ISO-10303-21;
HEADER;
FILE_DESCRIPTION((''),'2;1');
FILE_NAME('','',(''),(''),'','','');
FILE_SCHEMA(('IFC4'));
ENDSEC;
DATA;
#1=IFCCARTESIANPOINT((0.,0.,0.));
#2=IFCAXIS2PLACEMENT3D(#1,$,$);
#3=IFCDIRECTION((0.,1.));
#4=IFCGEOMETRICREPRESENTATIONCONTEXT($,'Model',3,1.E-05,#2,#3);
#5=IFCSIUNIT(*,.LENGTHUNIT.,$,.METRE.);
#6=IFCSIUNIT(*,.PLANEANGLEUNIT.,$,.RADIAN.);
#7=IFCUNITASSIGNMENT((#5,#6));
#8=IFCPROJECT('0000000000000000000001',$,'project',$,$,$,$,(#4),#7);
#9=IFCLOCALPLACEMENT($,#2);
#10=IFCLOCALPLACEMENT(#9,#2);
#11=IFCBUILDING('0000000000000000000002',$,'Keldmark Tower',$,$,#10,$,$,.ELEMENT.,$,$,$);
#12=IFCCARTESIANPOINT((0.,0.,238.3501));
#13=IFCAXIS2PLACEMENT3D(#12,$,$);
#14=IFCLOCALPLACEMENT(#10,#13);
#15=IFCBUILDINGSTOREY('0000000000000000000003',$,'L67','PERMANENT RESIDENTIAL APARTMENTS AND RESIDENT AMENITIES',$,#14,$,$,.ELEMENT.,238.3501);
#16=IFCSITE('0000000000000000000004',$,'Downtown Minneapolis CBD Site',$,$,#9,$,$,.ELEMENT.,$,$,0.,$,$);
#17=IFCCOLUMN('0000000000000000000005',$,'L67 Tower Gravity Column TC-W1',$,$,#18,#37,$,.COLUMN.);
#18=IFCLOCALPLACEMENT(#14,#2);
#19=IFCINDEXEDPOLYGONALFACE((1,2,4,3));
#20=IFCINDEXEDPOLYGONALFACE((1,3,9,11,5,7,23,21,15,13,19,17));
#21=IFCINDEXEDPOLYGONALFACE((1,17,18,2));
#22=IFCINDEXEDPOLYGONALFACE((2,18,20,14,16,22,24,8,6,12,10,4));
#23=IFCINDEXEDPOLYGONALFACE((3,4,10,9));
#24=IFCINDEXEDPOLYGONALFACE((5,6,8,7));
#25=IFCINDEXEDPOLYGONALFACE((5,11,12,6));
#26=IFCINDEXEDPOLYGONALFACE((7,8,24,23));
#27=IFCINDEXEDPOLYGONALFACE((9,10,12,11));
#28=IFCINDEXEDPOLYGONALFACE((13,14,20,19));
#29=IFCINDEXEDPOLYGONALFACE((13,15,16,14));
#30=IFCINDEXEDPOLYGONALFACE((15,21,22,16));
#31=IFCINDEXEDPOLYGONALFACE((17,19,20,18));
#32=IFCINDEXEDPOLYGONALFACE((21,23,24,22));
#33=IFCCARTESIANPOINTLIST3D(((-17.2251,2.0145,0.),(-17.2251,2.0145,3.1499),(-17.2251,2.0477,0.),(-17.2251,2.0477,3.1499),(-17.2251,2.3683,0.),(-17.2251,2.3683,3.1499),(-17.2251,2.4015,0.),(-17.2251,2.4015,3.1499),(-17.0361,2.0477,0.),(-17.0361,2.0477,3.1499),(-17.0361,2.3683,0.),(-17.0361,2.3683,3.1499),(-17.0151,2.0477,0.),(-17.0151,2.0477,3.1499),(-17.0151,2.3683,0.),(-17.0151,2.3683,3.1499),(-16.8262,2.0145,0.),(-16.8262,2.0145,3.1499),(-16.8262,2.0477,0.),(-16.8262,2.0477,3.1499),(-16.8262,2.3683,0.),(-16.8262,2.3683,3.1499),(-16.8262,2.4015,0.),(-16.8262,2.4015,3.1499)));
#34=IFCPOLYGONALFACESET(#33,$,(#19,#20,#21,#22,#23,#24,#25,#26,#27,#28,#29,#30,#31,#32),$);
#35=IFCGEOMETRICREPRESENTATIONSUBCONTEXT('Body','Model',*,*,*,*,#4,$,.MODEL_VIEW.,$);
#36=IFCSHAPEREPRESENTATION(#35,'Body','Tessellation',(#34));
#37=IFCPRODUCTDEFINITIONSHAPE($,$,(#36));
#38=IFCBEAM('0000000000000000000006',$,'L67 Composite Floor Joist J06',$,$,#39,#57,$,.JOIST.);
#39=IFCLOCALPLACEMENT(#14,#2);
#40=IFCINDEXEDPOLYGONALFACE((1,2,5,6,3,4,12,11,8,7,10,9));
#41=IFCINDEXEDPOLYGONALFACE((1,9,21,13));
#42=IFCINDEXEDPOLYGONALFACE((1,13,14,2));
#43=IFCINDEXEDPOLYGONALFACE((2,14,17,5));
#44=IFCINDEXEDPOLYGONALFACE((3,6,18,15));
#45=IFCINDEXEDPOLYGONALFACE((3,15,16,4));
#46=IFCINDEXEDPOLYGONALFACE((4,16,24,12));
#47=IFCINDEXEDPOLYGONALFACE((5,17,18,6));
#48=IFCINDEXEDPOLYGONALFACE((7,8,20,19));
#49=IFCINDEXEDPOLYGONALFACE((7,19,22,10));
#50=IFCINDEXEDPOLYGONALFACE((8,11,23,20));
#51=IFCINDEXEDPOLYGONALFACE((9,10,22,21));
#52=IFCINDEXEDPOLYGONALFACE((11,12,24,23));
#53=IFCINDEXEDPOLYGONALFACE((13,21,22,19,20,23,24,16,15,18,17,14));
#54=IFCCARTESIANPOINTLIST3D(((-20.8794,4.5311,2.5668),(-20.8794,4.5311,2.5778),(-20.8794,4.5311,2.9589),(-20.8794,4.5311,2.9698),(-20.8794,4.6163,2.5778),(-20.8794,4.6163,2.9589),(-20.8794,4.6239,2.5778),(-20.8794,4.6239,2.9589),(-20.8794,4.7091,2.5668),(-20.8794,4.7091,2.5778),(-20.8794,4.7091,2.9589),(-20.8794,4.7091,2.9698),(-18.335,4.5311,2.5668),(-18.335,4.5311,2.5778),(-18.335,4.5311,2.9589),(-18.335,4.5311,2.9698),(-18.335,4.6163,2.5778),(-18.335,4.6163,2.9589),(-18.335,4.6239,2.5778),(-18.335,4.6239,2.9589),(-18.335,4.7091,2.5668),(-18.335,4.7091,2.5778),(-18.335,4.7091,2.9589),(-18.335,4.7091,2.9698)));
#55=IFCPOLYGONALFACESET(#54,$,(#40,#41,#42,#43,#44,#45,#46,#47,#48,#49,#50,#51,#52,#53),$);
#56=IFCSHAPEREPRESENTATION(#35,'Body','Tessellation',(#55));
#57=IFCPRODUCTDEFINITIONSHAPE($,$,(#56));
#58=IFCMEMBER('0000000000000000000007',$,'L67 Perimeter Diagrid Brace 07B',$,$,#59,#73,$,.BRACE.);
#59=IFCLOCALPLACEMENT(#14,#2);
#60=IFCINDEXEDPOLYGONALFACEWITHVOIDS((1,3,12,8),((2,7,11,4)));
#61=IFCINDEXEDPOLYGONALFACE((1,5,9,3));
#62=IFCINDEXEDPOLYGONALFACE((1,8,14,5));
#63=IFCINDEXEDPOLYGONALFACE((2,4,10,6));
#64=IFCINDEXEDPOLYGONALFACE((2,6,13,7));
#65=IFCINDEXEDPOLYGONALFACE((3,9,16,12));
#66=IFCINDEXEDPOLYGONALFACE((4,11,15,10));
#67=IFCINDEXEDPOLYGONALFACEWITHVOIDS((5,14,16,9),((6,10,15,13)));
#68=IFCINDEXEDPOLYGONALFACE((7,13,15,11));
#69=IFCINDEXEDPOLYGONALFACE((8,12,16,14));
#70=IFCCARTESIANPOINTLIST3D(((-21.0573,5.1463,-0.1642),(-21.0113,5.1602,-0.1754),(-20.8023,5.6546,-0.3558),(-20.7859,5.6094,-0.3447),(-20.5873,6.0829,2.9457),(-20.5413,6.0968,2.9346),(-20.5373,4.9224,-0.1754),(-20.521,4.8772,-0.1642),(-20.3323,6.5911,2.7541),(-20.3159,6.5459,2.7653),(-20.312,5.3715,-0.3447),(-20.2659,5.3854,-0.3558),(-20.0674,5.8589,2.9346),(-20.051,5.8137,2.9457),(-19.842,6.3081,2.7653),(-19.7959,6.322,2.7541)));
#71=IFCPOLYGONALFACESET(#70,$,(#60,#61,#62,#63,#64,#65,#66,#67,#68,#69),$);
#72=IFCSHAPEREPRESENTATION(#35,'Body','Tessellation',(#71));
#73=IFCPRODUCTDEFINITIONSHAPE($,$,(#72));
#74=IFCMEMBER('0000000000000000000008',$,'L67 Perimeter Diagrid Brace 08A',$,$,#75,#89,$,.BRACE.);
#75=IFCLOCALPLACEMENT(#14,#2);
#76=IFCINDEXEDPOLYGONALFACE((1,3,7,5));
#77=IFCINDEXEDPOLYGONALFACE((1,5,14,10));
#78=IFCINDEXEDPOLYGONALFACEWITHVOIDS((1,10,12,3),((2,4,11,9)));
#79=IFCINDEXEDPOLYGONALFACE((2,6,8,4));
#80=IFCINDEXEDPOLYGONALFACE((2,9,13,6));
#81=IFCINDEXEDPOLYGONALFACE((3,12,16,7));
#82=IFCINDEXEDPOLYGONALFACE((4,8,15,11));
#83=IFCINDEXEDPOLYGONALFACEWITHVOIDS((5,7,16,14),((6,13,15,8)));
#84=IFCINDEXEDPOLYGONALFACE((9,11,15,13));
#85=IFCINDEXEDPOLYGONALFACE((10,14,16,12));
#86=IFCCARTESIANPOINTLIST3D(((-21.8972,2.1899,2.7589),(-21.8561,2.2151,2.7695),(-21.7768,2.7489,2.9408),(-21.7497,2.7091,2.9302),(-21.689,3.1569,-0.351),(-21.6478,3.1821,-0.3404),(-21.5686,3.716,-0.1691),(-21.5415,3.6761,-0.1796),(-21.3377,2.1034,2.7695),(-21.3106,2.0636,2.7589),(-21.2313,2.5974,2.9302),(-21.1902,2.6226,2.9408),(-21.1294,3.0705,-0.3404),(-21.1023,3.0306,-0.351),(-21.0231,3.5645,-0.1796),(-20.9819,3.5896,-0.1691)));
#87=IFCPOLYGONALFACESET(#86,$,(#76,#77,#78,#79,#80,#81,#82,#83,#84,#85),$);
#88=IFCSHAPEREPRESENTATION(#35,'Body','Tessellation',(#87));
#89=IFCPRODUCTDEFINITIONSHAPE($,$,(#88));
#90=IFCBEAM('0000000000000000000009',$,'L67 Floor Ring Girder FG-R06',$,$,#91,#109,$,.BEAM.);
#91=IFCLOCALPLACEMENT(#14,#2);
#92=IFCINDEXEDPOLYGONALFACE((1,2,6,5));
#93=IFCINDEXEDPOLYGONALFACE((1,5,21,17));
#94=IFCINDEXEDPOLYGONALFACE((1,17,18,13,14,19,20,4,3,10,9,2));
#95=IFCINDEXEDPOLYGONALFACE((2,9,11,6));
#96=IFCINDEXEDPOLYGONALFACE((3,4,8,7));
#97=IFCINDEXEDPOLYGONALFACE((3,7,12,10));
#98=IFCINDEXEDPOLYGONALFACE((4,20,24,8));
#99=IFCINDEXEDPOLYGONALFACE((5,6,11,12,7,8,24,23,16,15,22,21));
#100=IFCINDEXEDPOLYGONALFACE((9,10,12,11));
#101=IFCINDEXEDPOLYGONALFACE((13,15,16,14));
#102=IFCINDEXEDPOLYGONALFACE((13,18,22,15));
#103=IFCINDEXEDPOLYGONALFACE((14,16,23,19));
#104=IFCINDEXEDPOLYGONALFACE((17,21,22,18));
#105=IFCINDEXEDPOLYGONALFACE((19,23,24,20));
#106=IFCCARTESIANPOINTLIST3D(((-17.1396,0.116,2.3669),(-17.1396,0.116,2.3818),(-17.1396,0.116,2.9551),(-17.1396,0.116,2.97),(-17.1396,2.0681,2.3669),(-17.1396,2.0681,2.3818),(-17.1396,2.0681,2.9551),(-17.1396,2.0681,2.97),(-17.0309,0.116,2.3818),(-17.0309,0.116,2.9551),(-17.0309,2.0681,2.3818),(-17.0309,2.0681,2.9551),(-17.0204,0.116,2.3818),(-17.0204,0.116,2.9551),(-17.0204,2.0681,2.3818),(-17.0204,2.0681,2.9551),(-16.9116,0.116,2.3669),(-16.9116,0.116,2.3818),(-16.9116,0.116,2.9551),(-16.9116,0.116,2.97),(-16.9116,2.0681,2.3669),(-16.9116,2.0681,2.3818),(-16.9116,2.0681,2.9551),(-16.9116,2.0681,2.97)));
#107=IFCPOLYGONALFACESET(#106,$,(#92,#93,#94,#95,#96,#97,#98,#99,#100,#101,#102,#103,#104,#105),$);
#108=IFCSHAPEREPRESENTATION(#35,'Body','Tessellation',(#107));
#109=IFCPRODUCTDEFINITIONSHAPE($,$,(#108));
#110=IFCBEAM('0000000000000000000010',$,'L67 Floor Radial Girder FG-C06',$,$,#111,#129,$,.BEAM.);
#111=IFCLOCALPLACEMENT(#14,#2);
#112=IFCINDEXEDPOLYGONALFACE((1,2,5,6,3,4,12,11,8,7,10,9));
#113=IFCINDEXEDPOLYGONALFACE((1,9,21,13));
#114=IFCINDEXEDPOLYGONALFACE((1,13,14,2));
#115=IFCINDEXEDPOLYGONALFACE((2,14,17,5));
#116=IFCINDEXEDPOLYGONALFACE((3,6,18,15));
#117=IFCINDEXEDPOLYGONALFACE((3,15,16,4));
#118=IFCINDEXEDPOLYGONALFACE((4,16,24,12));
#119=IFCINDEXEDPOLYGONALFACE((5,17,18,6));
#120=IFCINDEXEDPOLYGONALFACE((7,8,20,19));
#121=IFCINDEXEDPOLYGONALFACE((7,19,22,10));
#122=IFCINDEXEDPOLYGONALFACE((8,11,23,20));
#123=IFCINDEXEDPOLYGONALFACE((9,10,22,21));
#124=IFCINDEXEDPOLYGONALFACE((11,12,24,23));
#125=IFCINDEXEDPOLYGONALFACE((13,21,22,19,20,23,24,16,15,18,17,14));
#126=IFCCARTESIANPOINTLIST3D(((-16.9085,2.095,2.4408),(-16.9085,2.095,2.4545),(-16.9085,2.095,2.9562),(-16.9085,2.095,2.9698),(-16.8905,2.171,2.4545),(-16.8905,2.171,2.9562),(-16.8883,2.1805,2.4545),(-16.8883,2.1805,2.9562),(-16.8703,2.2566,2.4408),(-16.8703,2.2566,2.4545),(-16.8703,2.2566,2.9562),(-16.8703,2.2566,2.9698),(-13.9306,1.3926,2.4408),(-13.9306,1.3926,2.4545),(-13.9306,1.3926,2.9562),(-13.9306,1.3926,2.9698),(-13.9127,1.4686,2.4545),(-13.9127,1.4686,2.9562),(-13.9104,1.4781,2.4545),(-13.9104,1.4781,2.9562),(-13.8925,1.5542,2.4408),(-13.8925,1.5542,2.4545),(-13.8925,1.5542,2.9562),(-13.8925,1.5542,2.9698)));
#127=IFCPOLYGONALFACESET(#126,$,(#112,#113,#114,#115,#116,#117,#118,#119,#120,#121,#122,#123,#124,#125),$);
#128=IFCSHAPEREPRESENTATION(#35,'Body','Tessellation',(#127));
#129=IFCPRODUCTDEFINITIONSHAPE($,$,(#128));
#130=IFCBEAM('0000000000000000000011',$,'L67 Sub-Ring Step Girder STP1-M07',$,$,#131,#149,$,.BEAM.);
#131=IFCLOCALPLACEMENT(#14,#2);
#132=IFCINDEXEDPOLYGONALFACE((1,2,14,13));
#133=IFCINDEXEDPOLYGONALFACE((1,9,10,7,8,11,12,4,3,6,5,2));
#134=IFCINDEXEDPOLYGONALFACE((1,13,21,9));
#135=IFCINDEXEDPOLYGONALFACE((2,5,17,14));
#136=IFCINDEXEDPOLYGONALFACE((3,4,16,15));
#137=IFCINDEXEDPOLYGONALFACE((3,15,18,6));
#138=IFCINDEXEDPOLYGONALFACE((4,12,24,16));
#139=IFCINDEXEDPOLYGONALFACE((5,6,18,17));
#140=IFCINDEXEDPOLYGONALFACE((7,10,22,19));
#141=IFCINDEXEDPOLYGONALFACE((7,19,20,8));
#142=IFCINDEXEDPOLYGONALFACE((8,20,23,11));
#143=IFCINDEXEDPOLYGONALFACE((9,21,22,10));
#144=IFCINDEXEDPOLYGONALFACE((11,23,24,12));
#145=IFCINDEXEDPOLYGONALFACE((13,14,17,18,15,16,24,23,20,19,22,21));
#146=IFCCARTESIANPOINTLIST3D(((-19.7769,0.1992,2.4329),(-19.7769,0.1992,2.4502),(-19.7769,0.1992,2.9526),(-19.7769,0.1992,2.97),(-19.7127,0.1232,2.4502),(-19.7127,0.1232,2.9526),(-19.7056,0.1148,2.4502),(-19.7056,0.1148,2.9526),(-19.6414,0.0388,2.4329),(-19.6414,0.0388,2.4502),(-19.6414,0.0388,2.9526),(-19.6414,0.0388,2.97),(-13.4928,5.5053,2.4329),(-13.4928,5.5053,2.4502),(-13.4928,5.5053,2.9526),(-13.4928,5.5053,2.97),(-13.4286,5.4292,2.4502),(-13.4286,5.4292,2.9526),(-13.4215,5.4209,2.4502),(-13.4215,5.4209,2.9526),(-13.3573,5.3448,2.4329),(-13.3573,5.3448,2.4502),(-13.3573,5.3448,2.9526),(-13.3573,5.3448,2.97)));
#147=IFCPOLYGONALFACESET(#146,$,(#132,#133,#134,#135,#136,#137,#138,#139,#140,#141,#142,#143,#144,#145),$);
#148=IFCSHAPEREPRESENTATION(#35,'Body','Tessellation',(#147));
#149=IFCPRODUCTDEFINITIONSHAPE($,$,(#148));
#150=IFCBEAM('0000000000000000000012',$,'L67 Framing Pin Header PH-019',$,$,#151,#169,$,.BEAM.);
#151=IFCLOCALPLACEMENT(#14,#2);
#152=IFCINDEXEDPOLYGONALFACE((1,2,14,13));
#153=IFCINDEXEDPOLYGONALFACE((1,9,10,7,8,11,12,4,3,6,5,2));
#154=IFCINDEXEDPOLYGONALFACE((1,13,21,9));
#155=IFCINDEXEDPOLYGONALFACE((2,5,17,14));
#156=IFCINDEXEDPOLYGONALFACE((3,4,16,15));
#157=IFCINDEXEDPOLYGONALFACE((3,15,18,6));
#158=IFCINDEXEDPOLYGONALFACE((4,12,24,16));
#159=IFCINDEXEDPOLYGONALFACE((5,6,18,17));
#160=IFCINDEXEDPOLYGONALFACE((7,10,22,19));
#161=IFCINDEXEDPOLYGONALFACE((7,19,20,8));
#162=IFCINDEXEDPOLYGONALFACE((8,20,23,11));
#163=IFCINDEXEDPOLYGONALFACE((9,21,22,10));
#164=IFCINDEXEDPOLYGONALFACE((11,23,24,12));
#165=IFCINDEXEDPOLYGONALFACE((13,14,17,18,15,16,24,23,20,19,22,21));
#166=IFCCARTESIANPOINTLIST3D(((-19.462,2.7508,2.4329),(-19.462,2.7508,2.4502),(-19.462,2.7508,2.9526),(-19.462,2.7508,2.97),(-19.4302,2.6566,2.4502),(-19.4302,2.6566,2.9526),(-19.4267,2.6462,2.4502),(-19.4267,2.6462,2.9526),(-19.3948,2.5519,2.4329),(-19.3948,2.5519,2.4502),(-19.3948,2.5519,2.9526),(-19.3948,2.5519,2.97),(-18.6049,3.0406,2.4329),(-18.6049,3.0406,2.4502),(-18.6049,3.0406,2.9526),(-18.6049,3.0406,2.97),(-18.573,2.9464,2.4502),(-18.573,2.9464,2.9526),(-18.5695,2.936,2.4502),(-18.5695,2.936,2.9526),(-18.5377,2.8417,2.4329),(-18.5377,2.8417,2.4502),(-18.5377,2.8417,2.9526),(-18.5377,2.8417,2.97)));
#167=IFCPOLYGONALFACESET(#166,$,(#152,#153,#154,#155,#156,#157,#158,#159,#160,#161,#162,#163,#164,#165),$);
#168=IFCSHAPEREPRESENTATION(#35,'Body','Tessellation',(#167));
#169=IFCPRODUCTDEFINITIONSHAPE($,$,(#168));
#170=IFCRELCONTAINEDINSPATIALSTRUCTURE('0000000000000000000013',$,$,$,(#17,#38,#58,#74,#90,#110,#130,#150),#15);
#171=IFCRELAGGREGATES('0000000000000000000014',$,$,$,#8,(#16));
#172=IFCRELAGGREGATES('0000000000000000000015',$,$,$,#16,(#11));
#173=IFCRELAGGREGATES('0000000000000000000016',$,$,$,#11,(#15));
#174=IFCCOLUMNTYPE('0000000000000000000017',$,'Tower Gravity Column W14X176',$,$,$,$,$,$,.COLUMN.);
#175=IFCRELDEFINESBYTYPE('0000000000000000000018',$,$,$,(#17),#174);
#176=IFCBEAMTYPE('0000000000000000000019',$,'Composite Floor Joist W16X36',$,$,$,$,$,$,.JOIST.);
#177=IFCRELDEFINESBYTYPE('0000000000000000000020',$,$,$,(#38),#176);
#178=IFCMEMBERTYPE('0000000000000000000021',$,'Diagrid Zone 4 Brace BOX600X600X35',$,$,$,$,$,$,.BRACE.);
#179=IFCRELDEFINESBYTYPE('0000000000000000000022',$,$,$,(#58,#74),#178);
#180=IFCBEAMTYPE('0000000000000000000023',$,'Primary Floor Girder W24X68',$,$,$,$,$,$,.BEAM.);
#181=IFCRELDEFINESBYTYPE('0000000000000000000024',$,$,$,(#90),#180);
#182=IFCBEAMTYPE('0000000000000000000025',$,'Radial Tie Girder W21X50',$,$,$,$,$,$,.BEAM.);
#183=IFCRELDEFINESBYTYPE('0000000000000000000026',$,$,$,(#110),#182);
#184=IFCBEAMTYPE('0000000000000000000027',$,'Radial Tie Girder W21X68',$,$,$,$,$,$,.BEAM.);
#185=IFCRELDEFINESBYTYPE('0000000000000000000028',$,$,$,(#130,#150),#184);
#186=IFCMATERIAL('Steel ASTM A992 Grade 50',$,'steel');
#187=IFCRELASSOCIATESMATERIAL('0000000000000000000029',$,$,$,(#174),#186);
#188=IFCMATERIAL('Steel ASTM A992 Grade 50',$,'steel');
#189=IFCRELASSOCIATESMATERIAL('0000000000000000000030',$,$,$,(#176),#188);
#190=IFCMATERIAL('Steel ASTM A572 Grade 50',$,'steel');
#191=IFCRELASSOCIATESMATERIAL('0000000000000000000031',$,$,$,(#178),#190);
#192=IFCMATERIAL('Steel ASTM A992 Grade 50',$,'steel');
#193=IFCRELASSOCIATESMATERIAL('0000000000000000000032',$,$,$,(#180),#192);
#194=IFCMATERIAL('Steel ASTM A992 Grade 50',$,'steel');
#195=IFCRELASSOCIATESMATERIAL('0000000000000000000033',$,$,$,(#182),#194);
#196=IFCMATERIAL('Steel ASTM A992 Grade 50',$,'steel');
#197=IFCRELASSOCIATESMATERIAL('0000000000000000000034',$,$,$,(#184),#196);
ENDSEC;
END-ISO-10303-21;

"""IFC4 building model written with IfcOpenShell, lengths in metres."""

from ifc_helpers import new_model, si_unit, direction, frame, origin, origin_2d, place, context, subcontext, project, spatial, hollow_rectangle, i_section, extrude, material, material_profile, profile_set, type_object, element, save


model = new_model("IFC4")

# Units and contexts
model_context = context("Model", 3, precision=1e-05, world=origin(), true_north=direction((0.0, 1.0)))
body_context = subcontext(model_context, "Body", "Model", "MODEL_VIEW")
ifc_project = project(units=[si_unit("LENGTHUNIT", "METRE"), si_unit("PLANEANGLEUNIT", "RADIAN")], contexts=[model_context])

# Site, building, storey
site_placement = place(None, origin())
site = spatial("IfcSite", under=ifc_project, at=site_placement, Name="Downtown Minneapolis CBD Site", CompositionType="ELEMENT", RefElevation=0.0)
building_placement = place(site_placement, origin())
building = spatial("IfcBuilding", under=site, at=building_placement, Name="Keldmark Tower", CompositionType="ELEMENT")
storey_placement = place(building_placement, frame((0.0, 0.0, 238.3501)))
storey = spatial("IfcBuildingStorey", under=building, at=storey_placement, Name="L67", Description="PERMANENT RESIDENTIAL APARTMENTS AND RESIDENT AMENITIES", CompositionType="ELEMENT", Elevation=238.3501)

# Column
ifc_material_1 = material(Name="Steel ASTM A992 Grade 50", Category="steel")
ifc_material_profile_1 = material_profile(ifc_material_1, i_section(OverallWidth=0.3989, OverallDepth=0.387, WebThickness=0.021, FlangeThickness=0.0332, at=origin_2d()), Name="W14X176")
ifc_profile_set_1 = profile_set([ifc_material_profile_1], Name="Steel ASTM A992 Grade 50")
column_type = type_object("IfcColumnType", Name="Tower Gravity Column W14X176", PredefinedType="COLUMN", material=ifc_profile_set_1)
column_placement = place(storey_placement, frame((-17.0256, 2.208, 0.0), z_axis=(0.0, 0.0, 1.0), x_axis=(1.0, 0.0, 0.0)))
element("IfcColumn", 1, at=column_placement, inside=storey, type_object=column_type, Name="L67 Tower Gravity Column TC-W1", PredefinedType="COLUMN", context=body_context, shape_type="SweptSolid", body=[
    extrude(i_section(OverallWidth=0.3989, OverallDepth=0.387, WebThickness=0.021, FlangeThickness=0.0332, at=origin_2d()), origin(), (0.0, 0.0, 1.0), 3.1499),
])

# Beam
ifc_material_2 = material(Name="Steel ASTM A992 Grade 50", Category="steel")
ifc_material_profile_2 = material_profile(ifc_material_2, i_section(OverallWidth=0.178, OverallDepth=0.4031, WebThickness=0.0076, FlangeThickness=0.011, at=origin_2d()), Name="W16X36")
ifc_profile_set_2 = profile_set([ifc_material_profile_2], Name="Steel ASTM A992 Grade 50")
beam_type_1 = type_object("IfcBeamType", Name="Composite Floor Joist W16X36", PredefinedType="JOIST", material=ifc_profile_set_2)
beam_1_placement = place(storey_placement, frame((-20.8794, 4.6201, 2.7683), z_axis=(1.0, 0.0, 0.0), x_axis=(0.0, 1.0, 0.0)))
element("IfcBeam", 2, at=beam_1_placement, inside=storey, type_object=beam_type_1, Name="L67 Composite Floor Joist J06", PredefinedType="JOIST", context=body_context, shape_type="SweptSolid", body=[
    extrude(i_section(OverallWidth=0.178, OverallDepth=0.4031, WebThickness=0.0076, FlangeThickness=0.011, at=origin_2d()), origin(), (0.0, 0.0, 1.0), 2.5444),
])

# Members
ifc_material_3 = material(Name="Steel ASTM A572 Grade 50", Category="steel")
ifc_material_profile_3 = material_profile(ifc_material_3, hollow_rectangle(XDim=0.6001, YDim=0.6001, WallThickness=0.0349, at=origin_2d()), Name="BOX600X600X35")
ifc_profile_set_3 = profile_set([ifc_material_profile_3], Name="Steel ASTM A572 Grade 50")
member_type = type_object("IfcMemberType", Name="Diagrid Zone 4 Brace BOX600X600X35", PredefinedType="BRACE", material=ifc_profile_set_3)
member_1_placement = place(storey_placement, frame((-20.6616, 5.2659, -0.26), z_axis=(0.143212, 0.285382, 0.947654), x_axis=(-0.893774, 0.448518, 0.0)))
element("IfcMember", 3, at=member_1_placement, inside=storey, type_object=member_type, Name="L67 Perimeter Diagrid Brace 07B", PredefinedType="BRACE", context=body_context, shape_type="SweptSolid", body=[
    extrude(hollow_rectangle(XDim=0.6001, YDim=0.6001, WallThickness=0.0349, at=origin_2d()), origin(), (0.0, 0.0, 1.0), 3.2817),
])
member_2_placement = place(storey_placement, frame((-21.3354, 3.3733, -0.26), z_axis=(-0.063814, -0.296329, 0.952952), x_axis=(0.977589, -0.210523, 0.0)))
element("IfcMember", 4, at=member_2_placement, inside=storey, type_object=member_type, Name="L67 Perimeter Diagrid Brace 08A", PredefinedType="BRACE", context=body_context, shape_type="SweptSolid", body=[
    extrude(hollow_rectangle(XDim=0.6001, YDim=0.6001, WallThickness=0.0349, at=origin_2d()), origin(), (0.0, 0.0, 1.0), 3.2634),
])

# Beams
ifc_material_4 = material(Name="Steel ASTM A992 Grade 50", Category="steel")
ifc_material_profile_4 = material_profile(ifc_material_4, i_section(OverallWidth=0.228, OverallDepth=0.603, WebThickness=0.0105, FlangeThickness=0.0149, at=origin_2d()), Name="W24X68")
ifc_profile_set_4 = profile_set([ifc_material_profile_4], Name="Steel ASTM A992 Grade 50")
beam_type_2 = type_object("IfcBeamType", Name="Primary Floor Girder W24X68", PredefinedType="BEAM", material=ifc_profile_set_4)
beam_2_placement = place(storey_placement, frame((-17.0256, 2.0681, 2.6685), z_axis=(0.0, -1.0, 0.0), x_axis=(1.0, 0.0, 0.0)))
element("IfcBeam", 5, at=beam_2_placement, inside=storey, type_object=beam_type_2, Name="L67 Floor Ring Girder FG-R06", PredefinedType="BEAM", context=body_context, shape_type="SweptSolid", body=[
    extrude(i_section(OverallWidth=0.228, OverallDepth=0.603, WebThickness=0.0105, FlangeThickness=0.0149, at=origin_2d()), origin(), (0.0, 0.0, 1.0), 1.9521),
])
ifc_material_5 = material(Name="Steel ASTM A992 Grade 50", Category="steel")
ifc_material_profile_5 = material_profile(ifc_material_5, i_section(OverallWidth=0.166, OverallDepth=0.5291, WebThickness=0.0098, FlangeThickness=0.0137, at=origin_2d()), Name="W21X50")
ifc_profile_set_5 = profile_set([ifc_material_profile_5], Name="Steel ASTM A992 Grade 50")
beam_type_3 = type_object("IfcBeamType", Name="Radial Tie Girder W21X50", PredefinedType="BEAM", material=ifc_profile_set_5)
beam_3_placement = place(storey_placement, frame((-16.8894, 2.1758, 2.7053), z_axis=(0.97329, -0.229577, 0.0), x_axis=(0.229577, 0.97329, 0.0)))
element("IfcBeam", 6, at=beam_3_placement, inside=storey, type_object=beam_type_3, Name="L67 Floor Radial Girder FG-C06", PredefinedType="BEAM", context=body_context, shape_type="SweptSolid", body=[
    extrude(i_section(OverallWidth=0.166, OverallDepth=0.5291, WebThickness=0.0098, FlangeThickness=0.0137, at=origin_2d()), origin(), (0.0, 0.0, 1.0), 3.0596),
])
ifc_material_6 = material(Name="Steel ASTM A992 Grade 50", Category="steel")
ifc_material_profile_6 = material_profile(ifc_material_6, i_section(OverallWidth=0.21, OverallDepth=0.5371, WebThickness=0.011, FlangeThickness=0.0173, at=origin_2d()), Name="W21X68")
ifc_profile_set_6 = profile_set([ifc_material_profile_6], Name="Steel ASTM A992 Grade 50")
beam_type_4 = type_object("IfcBeamType", Name="Radial Tie Girder W21X68", PredefinedType="BEAM", material=ifc_profile_set_6)
beam_4_placement = place(storey_placement, frame((-13.425, 5.425, 2.7014), z_axis=(-0.764059, -0.645146, 0.0), x_axis=(0.645146, -0.764059, 0.0)))
element("IfcBeam", 7, at=beam_4_placement, inside=storey, type_object=beam_type_4, Name="L67 Sub-Ring Step Girder STP1-M07", PredefinedType="BEAM", context=body_context, shape_type="SweptSolid", body=[
    extrude(i_section(OverallWidth=0.21, OverallDepth=0.5371, WebThickness=0.011, FlangeThickness=0.0173, at=origin_2d()), origin(), (0.0, 0.0, 1.0), 8.2246),
])
beam_5_placement = place(storey_placement, frame((-18.5713, 2.9412, 2.7014), z_axis=(-0.947326, -0.320272, 0.0), x_axis=(0.320272, -0.947326, 0.0)))
element("IfcBeam", 8, at=beam_5_placement, inside=storey, type_object=beam_type_4, Name="L67 Framing Pin Header PH-019", PredefinedType="BEAM", context=body_context, shape_type="SweptSolid", body=[
    extrude(i_section(OverallWidth=0.21, OverallDepth=0.5371, WebThickness=0.011, FlangeThickness=0.0173, at=origin_2d()), origin(), (0.0, 0.0, 1.0), 0.9048),
])

save(model, "model.ifc")
